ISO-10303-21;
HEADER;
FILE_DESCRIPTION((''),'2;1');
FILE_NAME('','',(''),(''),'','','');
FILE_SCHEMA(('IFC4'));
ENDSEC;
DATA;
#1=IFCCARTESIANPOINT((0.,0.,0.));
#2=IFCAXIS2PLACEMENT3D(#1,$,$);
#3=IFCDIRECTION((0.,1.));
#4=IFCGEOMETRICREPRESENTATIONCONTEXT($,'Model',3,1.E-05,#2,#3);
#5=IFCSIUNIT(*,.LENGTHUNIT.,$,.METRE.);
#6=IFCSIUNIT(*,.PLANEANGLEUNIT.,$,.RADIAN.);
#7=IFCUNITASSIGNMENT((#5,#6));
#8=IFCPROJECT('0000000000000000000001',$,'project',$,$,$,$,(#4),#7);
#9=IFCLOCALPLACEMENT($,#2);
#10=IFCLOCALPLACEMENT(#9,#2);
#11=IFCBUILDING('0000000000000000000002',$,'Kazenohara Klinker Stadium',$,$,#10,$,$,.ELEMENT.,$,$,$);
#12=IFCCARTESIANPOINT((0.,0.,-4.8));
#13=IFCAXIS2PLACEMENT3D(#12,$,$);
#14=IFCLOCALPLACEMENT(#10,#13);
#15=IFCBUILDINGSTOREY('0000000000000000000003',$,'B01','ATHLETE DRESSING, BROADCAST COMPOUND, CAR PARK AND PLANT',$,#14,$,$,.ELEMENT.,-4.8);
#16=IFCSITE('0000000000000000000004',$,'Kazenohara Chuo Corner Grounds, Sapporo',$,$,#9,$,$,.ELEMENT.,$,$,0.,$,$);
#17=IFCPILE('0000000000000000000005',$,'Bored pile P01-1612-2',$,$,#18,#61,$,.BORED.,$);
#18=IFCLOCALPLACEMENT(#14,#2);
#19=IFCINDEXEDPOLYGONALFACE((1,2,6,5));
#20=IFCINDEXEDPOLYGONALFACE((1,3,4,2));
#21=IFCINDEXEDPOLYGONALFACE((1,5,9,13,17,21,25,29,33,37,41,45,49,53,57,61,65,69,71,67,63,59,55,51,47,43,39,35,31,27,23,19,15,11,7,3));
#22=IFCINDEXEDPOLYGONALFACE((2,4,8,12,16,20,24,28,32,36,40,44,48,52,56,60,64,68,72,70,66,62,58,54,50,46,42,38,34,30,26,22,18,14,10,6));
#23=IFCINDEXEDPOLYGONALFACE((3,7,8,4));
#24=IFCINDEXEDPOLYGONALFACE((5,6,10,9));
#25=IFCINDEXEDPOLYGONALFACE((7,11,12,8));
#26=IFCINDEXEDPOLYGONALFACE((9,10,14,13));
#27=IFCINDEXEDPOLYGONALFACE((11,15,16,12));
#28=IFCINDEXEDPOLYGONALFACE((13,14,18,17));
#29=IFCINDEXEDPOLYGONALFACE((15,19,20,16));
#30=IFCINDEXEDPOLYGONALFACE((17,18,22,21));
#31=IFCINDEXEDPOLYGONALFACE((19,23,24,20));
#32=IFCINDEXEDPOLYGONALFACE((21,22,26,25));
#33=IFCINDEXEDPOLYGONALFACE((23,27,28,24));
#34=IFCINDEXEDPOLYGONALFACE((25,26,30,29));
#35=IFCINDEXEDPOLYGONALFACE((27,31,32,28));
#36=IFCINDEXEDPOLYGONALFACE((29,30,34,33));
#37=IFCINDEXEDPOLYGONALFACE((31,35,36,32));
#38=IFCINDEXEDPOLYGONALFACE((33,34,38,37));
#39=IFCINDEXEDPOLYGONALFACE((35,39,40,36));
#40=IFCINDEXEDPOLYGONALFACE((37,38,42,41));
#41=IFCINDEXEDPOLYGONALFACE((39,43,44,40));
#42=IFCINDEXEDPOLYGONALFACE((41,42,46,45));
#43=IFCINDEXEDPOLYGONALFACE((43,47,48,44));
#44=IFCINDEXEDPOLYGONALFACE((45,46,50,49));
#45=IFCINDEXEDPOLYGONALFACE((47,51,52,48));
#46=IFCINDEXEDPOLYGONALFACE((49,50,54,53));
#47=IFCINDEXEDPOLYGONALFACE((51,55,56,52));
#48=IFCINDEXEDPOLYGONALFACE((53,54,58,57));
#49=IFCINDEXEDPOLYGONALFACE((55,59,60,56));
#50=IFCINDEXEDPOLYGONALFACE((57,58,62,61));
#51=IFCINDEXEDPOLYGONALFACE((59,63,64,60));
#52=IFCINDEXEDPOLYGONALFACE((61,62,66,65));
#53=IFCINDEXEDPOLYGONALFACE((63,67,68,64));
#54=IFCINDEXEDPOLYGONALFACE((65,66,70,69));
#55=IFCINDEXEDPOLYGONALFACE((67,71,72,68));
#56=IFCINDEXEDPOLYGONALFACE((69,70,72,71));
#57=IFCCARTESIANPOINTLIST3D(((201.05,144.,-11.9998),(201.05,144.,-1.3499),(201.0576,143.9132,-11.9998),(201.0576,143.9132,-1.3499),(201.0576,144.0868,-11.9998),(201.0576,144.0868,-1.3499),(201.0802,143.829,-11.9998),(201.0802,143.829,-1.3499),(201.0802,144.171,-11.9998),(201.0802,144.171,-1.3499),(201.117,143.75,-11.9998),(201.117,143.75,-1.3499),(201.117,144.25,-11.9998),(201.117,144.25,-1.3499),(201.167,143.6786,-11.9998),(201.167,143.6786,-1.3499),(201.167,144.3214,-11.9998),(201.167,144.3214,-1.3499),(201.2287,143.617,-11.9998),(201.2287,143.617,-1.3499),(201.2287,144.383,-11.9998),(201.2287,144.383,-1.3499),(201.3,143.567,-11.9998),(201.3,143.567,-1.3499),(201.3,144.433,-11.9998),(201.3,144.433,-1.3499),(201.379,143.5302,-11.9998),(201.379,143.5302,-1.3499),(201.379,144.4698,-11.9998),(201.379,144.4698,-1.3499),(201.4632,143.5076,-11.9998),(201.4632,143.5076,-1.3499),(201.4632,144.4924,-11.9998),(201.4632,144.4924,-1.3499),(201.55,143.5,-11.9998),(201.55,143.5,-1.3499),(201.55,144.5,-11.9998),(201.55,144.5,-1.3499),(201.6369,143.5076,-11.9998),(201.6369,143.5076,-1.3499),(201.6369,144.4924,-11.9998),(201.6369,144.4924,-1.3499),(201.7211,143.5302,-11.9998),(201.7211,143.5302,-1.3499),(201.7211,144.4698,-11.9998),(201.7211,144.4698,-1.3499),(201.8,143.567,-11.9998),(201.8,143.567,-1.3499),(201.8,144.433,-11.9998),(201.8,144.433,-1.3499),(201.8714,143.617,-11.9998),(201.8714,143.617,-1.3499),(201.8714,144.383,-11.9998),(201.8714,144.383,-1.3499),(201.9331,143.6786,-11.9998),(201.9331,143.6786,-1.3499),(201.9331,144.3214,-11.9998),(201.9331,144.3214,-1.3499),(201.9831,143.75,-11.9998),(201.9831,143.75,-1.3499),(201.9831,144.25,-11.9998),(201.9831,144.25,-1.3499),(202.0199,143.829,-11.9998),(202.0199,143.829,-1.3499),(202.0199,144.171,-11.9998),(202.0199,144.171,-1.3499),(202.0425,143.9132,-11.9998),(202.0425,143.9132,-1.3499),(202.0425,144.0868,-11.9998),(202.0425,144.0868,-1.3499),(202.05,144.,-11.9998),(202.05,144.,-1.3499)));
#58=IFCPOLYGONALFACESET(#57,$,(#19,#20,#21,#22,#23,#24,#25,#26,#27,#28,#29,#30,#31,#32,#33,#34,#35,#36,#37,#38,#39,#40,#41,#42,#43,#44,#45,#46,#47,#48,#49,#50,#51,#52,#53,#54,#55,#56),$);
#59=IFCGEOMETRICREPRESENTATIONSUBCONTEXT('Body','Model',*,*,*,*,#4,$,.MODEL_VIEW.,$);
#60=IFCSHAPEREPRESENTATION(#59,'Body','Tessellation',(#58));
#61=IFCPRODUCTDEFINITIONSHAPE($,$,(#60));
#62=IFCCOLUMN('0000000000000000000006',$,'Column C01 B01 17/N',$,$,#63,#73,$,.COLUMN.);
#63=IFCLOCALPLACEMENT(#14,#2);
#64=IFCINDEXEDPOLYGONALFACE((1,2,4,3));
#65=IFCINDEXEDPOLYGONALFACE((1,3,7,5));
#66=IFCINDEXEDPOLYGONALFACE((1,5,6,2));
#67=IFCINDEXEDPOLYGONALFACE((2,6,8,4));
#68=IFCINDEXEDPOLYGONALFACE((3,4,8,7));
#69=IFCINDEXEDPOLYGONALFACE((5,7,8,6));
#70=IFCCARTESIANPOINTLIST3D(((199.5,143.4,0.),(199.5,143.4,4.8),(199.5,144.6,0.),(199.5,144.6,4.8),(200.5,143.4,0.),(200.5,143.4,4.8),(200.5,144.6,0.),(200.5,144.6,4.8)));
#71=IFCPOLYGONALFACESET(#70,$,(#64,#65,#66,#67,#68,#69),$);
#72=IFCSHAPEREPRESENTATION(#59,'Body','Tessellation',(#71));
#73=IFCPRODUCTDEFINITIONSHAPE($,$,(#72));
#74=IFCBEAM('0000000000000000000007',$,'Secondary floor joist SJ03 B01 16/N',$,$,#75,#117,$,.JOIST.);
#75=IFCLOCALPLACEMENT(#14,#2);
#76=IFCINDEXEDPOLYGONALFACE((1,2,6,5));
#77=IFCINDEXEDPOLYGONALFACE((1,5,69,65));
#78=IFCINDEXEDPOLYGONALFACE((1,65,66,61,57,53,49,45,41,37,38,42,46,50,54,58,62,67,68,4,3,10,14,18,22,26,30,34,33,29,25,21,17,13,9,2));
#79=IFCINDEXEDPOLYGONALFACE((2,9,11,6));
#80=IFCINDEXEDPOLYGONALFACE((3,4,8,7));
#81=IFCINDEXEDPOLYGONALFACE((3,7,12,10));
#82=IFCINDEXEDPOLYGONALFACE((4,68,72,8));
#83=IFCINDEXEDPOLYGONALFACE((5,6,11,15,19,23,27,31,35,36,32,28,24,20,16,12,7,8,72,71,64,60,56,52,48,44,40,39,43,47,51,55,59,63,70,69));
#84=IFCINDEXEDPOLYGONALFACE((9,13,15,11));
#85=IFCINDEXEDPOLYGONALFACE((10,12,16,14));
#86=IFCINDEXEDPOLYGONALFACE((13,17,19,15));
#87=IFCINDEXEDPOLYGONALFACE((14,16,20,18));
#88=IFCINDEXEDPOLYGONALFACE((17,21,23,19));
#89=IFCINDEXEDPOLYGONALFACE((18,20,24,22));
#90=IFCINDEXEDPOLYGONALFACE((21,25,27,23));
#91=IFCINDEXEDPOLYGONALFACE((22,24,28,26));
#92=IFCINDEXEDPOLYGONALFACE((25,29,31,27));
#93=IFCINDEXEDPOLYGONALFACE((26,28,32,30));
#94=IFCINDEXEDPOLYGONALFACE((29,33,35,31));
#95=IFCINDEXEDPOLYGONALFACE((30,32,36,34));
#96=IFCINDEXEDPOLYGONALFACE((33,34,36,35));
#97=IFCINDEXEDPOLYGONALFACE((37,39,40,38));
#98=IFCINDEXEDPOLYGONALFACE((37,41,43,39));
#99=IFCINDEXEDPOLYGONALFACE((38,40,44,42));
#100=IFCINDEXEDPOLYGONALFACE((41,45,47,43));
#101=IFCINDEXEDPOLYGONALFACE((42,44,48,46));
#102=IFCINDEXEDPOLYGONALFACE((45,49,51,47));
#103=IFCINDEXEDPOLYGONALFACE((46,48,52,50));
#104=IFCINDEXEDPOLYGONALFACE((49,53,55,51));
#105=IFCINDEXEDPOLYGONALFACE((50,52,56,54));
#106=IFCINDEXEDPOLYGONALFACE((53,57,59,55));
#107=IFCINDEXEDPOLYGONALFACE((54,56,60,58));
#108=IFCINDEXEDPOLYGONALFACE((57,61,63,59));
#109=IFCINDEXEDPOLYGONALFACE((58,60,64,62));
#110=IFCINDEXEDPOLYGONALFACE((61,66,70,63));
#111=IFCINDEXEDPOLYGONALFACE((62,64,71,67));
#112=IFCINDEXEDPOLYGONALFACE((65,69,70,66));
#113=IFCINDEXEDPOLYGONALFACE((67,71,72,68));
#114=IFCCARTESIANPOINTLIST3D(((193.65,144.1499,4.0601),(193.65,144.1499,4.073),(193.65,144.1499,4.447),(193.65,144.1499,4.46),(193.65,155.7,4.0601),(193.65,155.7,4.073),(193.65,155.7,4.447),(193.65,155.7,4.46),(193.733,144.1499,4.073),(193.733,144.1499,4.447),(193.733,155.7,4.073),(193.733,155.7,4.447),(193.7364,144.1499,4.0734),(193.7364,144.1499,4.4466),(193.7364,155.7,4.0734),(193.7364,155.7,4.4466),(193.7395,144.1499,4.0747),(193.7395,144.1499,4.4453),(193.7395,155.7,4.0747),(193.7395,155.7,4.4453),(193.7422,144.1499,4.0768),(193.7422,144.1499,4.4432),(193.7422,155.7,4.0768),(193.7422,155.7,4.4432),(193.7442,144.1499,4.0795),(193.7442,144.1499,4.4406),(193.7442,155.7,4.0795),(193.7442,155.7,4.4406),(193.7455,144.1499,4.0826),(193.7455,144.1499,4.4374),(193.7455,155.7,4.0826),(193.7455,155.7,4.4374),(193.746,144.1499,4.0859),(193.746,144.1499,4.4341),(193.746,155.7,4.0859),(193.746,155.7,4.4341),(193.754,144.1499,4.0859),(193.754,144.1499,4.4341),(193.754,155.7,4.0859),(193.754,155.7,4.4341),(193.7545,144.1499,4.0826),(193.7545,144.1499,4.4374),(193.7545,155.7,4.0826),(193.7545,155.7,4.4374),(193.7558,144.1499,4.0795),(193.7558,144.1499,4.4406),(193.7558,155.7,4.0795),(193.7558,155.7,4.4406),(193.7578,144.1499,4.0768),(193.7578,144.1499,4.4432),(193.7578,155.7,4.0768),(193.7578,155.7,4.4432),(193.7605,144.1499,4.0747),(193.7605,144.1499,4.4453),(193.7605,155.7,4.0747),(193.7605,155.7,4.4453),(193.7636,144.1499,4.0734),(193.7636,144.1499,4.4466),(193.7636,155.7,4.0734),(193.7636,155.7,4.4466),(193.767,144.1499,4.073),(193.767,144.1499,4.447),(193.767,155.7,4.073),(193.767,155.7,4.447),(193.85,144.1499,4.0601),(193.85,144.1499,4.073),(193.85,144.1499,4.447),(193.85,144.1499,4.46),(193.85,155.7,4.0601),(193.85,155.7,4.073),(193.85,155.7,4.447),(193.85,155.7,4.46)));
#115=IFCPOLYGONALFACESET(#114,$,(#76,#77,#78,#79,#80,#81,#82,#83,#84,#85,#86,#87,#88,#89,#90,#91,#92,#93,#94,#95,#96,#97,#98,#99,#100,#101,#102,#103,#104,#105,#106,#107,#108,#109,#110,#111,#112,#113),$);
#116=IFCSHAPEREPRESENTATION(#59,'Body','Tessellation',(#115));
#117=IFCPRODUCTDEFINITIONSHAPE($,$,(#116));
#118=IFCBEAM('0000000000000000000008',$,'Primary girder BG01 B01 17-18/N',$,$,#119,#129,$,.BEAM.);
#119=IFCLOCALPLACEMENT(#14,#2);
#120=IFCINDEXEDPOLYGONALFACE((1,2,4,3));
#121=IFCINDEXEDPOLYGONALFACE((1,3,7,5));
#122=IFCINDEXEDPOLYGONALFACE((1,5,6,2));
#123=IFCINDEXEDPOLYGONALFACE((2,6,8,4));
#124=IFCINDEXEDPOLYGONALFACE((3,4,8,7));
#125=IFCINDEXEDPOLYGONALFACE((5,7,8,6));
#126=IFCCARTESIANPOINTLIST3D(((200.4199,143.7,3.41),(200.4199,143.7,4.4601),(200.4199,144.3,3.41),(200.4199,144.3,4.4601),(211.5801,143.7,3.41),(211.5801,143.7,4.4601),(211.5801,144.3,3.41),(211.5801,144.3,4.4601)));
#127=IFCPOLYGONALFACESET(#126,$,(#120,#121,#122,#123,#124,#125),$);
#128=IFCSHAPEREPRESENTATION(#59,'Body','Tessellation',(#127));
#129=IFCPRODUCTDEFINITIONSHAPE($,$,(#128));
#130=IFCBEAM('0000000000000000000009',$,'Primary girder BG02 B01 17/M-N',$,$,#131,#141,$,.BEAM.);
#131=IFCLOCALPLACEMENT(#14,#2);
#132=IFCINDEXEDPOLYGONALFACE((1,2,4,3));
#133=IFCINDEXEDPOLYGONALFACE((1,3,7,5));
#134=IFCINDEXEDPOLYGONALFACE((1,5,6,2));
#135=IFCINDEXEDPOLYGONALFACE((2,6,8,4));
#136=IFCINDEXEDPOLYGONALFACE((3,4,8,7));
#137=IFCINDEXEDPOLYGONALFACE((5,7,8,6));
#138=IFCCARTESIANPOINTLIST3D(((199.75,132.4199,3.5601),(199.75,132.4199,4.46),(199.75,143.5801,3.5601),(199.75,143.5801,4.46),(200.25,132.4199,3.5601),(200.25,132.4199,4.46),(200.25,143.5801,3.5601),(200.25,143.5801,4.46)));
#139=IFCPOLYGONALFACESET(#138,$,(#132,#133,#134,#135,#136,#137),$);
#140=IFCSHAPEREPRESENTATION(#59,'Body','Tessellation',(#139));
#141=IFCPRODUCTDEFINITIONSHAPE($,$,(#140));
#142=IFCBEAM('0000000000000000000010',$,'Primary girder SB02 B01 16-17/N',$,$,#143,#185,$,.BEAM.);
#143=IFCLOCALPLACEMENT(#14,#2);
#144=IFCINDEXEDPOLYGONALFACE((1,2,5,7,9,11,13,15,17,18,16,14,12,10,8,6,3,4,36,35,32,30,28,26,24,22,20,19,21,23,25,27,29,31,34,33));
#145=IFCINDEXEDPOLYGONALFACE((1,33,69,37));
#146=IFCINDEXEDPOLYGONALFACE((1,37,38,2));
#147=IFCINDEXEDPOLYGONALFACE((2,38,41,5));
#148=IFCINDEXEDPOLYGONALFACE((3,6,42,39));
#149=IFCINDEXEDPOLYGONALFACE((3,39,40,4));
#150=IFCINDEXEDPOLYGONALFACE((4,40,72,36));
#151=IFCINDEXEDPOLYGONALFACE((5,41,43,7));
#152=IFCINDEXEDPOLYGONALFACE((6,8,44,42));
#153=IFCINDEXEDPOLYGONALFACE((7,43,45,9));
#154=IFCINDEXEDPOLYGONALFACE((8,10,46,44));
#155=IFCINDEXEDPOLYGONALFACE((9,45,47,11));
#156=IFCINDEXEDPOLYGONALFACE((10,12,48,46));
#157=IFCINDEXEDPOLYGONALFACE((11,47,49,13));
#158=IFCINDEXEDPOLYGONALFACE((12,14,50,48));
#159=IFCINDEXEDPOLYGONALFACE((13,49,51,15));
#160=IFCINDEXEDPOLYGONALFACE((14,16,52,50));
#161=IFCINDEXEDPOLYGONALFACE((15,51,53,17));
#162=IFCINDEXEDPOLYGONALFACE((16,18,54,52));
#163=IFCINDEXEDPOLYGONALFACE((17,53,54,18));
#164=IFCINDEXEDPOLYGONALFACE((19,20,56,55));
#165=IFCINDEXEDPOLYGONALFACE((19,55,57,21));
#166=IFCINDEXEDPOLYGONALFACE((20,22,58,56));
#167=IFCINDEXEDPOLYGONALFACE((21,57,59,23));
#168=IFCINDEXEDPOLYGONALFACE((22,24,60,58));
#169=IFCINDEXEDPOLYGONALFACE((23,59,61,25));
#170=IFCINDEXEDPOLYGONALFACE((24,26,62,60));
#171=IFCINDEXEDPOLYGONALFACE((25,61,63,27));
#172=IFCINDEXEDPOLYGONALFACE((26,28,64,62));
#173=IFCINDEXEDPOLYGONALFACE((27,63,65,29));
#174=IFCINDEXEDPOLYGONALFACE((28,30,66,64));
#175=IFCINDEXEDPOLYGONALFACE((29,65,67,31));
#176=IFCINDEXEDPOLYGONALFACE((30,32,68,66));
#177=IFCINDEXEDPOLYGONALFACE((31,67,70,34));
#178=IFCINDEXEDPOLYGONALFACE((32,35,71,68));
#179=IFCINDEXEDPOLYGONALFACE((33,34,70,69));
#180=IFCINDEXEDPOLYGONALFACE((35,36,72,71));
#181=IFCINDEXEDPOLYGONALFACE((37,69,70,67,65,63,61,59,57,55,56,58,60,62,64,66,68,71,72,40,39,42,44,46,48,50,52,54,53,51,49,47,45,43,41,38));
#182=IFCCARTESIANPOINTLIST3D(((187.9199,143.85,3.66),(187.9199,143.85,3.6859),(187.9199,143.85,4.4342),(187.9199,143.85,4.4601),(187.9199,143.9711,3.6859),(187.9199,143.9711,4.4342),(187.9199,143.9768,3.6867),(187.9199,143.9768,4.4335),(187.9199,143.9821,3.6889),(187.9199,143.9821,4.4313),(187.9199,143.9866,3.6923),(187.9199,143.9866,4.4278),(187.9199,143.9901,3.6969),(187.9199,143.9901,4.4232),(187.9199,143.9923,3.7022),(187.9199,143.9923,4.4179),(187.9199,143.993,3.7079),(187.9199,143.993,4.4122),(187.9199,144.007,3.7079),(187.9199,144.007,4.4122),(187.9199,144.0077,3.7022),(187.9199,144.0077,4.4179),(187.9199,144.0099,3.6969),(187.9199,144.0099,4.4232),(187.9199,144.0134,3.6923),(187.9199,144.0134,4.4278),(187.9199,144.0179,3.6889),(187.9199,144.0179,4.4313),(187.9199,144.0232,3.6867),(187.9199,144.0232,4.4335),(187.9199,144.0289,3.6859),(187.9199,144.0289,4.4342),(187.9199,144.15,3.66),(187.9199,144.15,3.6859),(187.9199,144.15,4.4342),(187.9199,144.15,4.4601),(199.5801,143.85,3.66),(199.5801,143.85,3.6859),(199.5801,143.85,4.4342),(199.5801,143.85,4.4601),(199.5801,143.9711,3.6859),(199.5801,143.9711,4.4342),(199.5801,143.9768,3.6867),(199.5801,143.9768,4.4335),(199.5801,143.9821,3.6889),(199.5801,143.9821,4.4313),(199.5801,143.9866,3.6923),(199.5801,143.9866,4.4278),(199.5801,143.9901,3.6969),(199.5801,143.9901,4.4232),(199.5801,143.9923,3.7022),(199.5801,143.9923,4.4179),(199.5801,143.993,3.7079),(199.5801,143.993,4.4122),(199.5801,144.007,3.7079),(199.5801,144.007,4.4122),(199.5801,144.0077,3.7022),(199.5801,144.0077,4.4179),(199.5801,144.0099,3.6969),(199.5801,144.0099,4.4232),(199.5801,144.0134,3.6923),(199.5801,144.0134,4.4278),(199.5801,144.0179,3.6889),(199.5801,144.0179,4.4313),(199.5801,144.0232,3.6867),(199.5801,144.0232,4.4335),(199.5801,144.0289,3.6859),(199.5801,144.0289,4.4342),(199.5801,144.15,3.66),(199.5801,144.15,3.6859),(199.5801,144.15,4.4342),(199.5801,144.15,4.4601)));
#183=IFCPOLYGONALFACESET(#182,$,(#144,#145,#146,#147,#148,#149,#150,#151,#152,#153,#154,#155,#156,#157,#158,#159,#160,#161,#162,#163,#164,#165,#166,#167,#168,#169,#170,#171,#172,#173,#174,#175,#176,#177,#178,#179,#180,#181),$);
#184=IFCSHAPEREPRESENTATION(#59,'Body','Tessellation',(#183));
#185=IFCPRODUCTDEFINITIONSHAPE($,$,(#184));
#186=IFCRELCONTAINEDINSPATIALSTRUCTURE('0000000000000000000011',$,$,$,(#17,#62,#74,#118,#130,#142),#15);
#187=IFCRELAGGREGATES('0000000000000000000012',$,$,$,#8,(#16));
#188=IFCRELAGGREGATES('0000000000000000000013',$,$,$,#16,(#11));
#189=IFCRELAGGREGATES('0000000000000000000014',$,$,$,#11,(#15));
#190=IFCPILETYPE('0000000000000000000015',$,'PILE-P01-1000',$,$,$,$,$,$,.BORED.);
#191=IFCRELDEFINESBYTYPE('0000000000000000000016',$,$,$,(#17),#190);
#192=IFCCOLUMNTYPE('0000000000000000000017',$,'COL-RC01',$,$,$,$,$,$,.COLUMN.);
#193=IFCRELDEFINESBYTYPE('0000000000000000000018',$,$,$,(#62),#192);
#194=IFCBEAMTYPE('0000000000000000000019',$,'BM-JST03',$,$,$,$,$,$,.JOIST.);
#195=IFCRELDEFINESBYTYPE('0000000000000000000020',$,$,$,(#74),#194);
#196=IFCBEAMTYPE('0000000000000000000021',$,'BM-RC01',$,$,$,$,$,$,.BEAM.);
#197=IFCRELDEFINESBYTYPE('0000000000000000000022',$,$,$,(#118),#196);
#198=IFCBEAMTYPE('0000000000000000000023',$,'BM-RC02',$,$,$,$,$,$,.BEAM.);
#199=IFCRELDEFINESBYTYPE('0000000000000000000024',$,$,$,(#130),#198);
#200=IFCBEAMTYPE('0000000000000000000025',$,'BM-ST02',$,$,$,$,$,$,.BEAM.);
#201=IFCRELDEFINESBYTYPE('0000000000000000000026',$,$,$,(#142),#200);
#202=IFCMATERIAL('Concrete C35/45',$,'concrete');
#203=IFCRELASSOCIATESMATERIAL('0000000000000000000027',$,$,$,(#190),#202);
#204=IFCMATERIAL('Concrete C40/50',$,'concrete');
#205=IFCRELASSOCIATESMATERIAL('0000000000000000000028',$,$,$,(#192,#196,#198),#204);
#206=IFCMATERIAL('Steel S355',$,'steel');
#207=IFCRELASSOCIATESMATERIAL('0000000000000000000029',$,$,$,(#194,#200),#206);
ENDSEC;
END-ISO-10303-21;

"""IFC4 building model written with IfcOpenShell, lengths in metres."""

from ifc_helpers import new_model, si_unit, direction, frame, origin, origin_2d, place, context, subcontext, project, spatial, rectangle, circle, i_section, extrude, material, material_profile, profile_set, type_object, element, save


model = new_model("IFC4")

# Units and contexts
model_context = context("Model", 3, precision=1e-05, world=origin(), true_north=direction((0.0, 1.0)))
body_context = subcontext(model_context, "Body", "Model", "MODEL_VIEW")
ifc_project = project(units=[si_unit("LENGTHUNIT", "METRE"), si_unit("PLANEANGLEUNIT", "RADIAN")], contexts=[model_context])

# Site, building, storey
site_placement = place(None, origin())
site = spatial("IfcSite", under=ifc_project, at=site_placement, Name="Kazenohara Chuo Corner Grounds, Sapporo", CompositionType="ELEMENT", RefElevation=0.0)
building_placement = place(site_placement, origin())
building = spatial("IfcBuilding", under=site, at=building_placement, Name="Kazenohara Klinker Stadium", CompositionType="ELEMENT")
storey_placement = place(building_placement, frame((0.0, 0.0, -4.8)))
storey = spatial("IfcBuildingStorey", under=building, at=storey_placement, Name="B01", Description="ATHLETE DRESSING, BROADCAST COMPOUND, CAR PARK AND PLANT", CompositionType="ELEMENT", Elevation=-4.8)

# Shared definitions
ifc_material_1 = material(Name="Concrete C35/45", Category="concrete")

# Pile
ifc_material_profile_1 = material_profile(ifc_material_1, circle(Radius=0.5, at=origin_2d()), Name="BORED-PILE-1000")
ifc_profile_set_1 = profile_set([ifc_material_profile_1], Name="Concrete C35/45")
pile_type = type_object("IfcPileType", Name="PILE-P01-1000", PredefinedType="BORED", material=ifc_profile_set_1)
for number, where, z_axis, x_axis, name in (
    (1, (201.55, 144.0, -1.3499), (0.0, 0.0, -1.0), (1.0, 0.0, 0.0), "Bored pile P01-1612-2"),
):
    element("IfcPile", number, at=place(storey_placement, frame(where, z_axis=z_axis, x_axis=x_axis)), inside=storey, type_object=pile_type, Name=name, PredefinedType="BORED", context=body_context, shape_type="SweptSolid", body=[
        extrude(circle(Radius=0.5, at=origin_2d()), origin(), (0.0, 0.0, 1.0), 10.6499),
    ])

# Column
ifc_material_2 = material(Name="Concrete C40/50", Category="concrete")
ifc_material_profile_2 = material_profile(ifc_material_2, rectangle(XDim=1.0, YDim=1.2, at=origin_2d()), Name="RC-COL-1200x1000")
ifc_profile_set_2 = profile_set([ifc_material_profile_2], Name="Concrete C40/50")
column_type = type_object("IfcColumnType", Name="COL-RC01", PredefinedType="COLUMN", material=ifc_profile_set_2)
column_placement = place(storey_placement, frame((200.0, 144.0, 0.0), z_axis=(0.0, 0.0, 1.0), x_axis=(1.0, 0.0, 0.0)))
element("IfcColumn", 2, at=column_placement, inside=storey, type_object=column_type, Name="Column C01 B01 17/N", PredefinedType="COLUMN", context=body_context, shape_type="SweptSolid", body=[
    extrude(rectangle(XDim=1.0, YDim=1.2, at=origin_2d()), origin(), (0.0, 0.0, 1.0), 4.8),
])

# Beams
ifc_material_3 = material(Name="Steel S355", Category="steel")
ifc_material_profile_3 = material_profile(ifc_material_3, i_section(OverallWidth=0.2, OverallDepth=0.3999, WebThickness=0.0081, FlangeThickness=0.0129, FilletRadius=0.0129, at=origin_2d()), Name="H-400x200x8x13")
ifc_profile_set_3 = profile_set([ifc_material_profile_3], Name="Steel S355")
beam_type_1 = type_object("IfcBeamType", Name="BM-JST03", PredefinedType="JOIST", material=ifc_profile_set_3)
beam_1_placement = place(storey_placement, frame((193.75, 144.1499, 4.26), z_axis=(0.0, 1.0, 0.0), x_axis=(-1.0, 0.0, 0.0)))
element("IfcBeam", 3, at=beam_1_placement, inside=storey, type_object=beam_type_1, Name="Secondary floor joist SJ03 B01 16/N", PredefinedType="JOIST", context=body_context, shape_type="SweptSolid", body=[
    extrude(i_section(OverallWidth=0.2, OverallDepth=0.3999, WebThickness=0.0081, FlangeThickness=0.0129, FilletRadius=0.0129, at=origin_2d()), origin(), (0.0, 0.0, 1.0), 11.55),
])
ifc_material_profile_4 = material_profile(ifc_material_2, rectangle(XDim=0.6001, YDim=1.05, at=origin_2d()), Name="RC-BM-600x1050")
ifc_profile_set_4 = profile_set([ifc_material_profile_4], Name="Concrete C40/50")
beam_type_2 = type_object("IfcBeamType", Name="BM-RC01", PredefinedType="BEAM", material=ifc_profile_set_4)
beam_2_placement = place(storey_placement, frame((200.4199, 144.0, 3.9351), z_axis=(1.0, 0.0, 0.0), x_axis=(0.0, 1.0, 0.0)))
element("IfcBeam", 4, at=beam_2_placement, inside=storey, type_object=beam_type_2, Name="Primary girder BG01 B01 17-18/N", PredefinedType="BEAM", context=body_context, shape_type="SweptSolid", body=[
    extrude(rectangle(XDim=0.6001, YDim=1.05, at=origin_2d()), origin(), (0.0, 0.0, 1.0), 11.1602),
])
ifc_material_profile_5 = material_profile(ifc_material_2, rectangle(XDim=0.5, YDim=0.8999, at=origin_2d()), Name="RC-BM-500x900")
ifc_profile_set_5 = profile_set([ifc_material_profile_5], Name="Concrete C40/50")
beam_type_3 = type_object("IfcBeamType", Name="BM-RC02", PredefinedType="BEAM", material=ifc_profile_set_5)
beam_3_placement = place(storey_placement, frame((200.0, 132.4199, 4.01), z_axis=(0.0, 1.0, 0.0), x_axis=(-1.0, 0.0, 0.0)))
element("IfcBeam", 5, at=beam_3_placement, inside=storey, type_object=beam_type_3, Name="Primary girder BG02 B01 17/M-N", PredefinedType="BEAM", context=body_context, shape_type="SweptSolid", body=[
    extrude(rectangle(XDim=0.5, YDim=0.8999, at=origin_2d()), origin(), (0.0, 0.0, 1.0), 11.1602),
])
ifc_material_profile_6 = material_profile(ifc_material_3, i_section(OverallWidth=0.3, OverallDepth=0.8, WebThickness=0.0139, FlangeThickness=0.0259, FilletRadius=0.022, at=origin_2d()), Name="H-800x300x14x26")
ifc_profile_set_6 = profile_set([ifc_material_profile_6], Name="Steel S355")
beam_type_4 = type_object("IfcBeamType", Name="BM-ST02", PredefinedType="BEAM", material=ifc_profile_set_6)
beam_4_placement = place(storey_placement, frame((187.9199, 144.0, 4.0601), z_axis=(1.0, 0.0, 0.0), x_axis=(0.0, 1.0, 0.0)))
element("IfcBeam", 6, at=beam_4_placement, inside=storey, type_object=beam_type_4, Name="Primary girder SB02 B01 16-17/N", PredefinedType="BEAM", context=body_context, shape_type="SweptSolid", body=[
    extrude(i_section(OverallWidth=0.3, OverallDepth=0.8, WebThickness=0.0139, FlangeThickness=0.0259, FilletRadius=0.022, at=origin_2d()), origin(), (0.0, 0.0, 1.0), 11.6602),
])

save(model, "model.ifc")
